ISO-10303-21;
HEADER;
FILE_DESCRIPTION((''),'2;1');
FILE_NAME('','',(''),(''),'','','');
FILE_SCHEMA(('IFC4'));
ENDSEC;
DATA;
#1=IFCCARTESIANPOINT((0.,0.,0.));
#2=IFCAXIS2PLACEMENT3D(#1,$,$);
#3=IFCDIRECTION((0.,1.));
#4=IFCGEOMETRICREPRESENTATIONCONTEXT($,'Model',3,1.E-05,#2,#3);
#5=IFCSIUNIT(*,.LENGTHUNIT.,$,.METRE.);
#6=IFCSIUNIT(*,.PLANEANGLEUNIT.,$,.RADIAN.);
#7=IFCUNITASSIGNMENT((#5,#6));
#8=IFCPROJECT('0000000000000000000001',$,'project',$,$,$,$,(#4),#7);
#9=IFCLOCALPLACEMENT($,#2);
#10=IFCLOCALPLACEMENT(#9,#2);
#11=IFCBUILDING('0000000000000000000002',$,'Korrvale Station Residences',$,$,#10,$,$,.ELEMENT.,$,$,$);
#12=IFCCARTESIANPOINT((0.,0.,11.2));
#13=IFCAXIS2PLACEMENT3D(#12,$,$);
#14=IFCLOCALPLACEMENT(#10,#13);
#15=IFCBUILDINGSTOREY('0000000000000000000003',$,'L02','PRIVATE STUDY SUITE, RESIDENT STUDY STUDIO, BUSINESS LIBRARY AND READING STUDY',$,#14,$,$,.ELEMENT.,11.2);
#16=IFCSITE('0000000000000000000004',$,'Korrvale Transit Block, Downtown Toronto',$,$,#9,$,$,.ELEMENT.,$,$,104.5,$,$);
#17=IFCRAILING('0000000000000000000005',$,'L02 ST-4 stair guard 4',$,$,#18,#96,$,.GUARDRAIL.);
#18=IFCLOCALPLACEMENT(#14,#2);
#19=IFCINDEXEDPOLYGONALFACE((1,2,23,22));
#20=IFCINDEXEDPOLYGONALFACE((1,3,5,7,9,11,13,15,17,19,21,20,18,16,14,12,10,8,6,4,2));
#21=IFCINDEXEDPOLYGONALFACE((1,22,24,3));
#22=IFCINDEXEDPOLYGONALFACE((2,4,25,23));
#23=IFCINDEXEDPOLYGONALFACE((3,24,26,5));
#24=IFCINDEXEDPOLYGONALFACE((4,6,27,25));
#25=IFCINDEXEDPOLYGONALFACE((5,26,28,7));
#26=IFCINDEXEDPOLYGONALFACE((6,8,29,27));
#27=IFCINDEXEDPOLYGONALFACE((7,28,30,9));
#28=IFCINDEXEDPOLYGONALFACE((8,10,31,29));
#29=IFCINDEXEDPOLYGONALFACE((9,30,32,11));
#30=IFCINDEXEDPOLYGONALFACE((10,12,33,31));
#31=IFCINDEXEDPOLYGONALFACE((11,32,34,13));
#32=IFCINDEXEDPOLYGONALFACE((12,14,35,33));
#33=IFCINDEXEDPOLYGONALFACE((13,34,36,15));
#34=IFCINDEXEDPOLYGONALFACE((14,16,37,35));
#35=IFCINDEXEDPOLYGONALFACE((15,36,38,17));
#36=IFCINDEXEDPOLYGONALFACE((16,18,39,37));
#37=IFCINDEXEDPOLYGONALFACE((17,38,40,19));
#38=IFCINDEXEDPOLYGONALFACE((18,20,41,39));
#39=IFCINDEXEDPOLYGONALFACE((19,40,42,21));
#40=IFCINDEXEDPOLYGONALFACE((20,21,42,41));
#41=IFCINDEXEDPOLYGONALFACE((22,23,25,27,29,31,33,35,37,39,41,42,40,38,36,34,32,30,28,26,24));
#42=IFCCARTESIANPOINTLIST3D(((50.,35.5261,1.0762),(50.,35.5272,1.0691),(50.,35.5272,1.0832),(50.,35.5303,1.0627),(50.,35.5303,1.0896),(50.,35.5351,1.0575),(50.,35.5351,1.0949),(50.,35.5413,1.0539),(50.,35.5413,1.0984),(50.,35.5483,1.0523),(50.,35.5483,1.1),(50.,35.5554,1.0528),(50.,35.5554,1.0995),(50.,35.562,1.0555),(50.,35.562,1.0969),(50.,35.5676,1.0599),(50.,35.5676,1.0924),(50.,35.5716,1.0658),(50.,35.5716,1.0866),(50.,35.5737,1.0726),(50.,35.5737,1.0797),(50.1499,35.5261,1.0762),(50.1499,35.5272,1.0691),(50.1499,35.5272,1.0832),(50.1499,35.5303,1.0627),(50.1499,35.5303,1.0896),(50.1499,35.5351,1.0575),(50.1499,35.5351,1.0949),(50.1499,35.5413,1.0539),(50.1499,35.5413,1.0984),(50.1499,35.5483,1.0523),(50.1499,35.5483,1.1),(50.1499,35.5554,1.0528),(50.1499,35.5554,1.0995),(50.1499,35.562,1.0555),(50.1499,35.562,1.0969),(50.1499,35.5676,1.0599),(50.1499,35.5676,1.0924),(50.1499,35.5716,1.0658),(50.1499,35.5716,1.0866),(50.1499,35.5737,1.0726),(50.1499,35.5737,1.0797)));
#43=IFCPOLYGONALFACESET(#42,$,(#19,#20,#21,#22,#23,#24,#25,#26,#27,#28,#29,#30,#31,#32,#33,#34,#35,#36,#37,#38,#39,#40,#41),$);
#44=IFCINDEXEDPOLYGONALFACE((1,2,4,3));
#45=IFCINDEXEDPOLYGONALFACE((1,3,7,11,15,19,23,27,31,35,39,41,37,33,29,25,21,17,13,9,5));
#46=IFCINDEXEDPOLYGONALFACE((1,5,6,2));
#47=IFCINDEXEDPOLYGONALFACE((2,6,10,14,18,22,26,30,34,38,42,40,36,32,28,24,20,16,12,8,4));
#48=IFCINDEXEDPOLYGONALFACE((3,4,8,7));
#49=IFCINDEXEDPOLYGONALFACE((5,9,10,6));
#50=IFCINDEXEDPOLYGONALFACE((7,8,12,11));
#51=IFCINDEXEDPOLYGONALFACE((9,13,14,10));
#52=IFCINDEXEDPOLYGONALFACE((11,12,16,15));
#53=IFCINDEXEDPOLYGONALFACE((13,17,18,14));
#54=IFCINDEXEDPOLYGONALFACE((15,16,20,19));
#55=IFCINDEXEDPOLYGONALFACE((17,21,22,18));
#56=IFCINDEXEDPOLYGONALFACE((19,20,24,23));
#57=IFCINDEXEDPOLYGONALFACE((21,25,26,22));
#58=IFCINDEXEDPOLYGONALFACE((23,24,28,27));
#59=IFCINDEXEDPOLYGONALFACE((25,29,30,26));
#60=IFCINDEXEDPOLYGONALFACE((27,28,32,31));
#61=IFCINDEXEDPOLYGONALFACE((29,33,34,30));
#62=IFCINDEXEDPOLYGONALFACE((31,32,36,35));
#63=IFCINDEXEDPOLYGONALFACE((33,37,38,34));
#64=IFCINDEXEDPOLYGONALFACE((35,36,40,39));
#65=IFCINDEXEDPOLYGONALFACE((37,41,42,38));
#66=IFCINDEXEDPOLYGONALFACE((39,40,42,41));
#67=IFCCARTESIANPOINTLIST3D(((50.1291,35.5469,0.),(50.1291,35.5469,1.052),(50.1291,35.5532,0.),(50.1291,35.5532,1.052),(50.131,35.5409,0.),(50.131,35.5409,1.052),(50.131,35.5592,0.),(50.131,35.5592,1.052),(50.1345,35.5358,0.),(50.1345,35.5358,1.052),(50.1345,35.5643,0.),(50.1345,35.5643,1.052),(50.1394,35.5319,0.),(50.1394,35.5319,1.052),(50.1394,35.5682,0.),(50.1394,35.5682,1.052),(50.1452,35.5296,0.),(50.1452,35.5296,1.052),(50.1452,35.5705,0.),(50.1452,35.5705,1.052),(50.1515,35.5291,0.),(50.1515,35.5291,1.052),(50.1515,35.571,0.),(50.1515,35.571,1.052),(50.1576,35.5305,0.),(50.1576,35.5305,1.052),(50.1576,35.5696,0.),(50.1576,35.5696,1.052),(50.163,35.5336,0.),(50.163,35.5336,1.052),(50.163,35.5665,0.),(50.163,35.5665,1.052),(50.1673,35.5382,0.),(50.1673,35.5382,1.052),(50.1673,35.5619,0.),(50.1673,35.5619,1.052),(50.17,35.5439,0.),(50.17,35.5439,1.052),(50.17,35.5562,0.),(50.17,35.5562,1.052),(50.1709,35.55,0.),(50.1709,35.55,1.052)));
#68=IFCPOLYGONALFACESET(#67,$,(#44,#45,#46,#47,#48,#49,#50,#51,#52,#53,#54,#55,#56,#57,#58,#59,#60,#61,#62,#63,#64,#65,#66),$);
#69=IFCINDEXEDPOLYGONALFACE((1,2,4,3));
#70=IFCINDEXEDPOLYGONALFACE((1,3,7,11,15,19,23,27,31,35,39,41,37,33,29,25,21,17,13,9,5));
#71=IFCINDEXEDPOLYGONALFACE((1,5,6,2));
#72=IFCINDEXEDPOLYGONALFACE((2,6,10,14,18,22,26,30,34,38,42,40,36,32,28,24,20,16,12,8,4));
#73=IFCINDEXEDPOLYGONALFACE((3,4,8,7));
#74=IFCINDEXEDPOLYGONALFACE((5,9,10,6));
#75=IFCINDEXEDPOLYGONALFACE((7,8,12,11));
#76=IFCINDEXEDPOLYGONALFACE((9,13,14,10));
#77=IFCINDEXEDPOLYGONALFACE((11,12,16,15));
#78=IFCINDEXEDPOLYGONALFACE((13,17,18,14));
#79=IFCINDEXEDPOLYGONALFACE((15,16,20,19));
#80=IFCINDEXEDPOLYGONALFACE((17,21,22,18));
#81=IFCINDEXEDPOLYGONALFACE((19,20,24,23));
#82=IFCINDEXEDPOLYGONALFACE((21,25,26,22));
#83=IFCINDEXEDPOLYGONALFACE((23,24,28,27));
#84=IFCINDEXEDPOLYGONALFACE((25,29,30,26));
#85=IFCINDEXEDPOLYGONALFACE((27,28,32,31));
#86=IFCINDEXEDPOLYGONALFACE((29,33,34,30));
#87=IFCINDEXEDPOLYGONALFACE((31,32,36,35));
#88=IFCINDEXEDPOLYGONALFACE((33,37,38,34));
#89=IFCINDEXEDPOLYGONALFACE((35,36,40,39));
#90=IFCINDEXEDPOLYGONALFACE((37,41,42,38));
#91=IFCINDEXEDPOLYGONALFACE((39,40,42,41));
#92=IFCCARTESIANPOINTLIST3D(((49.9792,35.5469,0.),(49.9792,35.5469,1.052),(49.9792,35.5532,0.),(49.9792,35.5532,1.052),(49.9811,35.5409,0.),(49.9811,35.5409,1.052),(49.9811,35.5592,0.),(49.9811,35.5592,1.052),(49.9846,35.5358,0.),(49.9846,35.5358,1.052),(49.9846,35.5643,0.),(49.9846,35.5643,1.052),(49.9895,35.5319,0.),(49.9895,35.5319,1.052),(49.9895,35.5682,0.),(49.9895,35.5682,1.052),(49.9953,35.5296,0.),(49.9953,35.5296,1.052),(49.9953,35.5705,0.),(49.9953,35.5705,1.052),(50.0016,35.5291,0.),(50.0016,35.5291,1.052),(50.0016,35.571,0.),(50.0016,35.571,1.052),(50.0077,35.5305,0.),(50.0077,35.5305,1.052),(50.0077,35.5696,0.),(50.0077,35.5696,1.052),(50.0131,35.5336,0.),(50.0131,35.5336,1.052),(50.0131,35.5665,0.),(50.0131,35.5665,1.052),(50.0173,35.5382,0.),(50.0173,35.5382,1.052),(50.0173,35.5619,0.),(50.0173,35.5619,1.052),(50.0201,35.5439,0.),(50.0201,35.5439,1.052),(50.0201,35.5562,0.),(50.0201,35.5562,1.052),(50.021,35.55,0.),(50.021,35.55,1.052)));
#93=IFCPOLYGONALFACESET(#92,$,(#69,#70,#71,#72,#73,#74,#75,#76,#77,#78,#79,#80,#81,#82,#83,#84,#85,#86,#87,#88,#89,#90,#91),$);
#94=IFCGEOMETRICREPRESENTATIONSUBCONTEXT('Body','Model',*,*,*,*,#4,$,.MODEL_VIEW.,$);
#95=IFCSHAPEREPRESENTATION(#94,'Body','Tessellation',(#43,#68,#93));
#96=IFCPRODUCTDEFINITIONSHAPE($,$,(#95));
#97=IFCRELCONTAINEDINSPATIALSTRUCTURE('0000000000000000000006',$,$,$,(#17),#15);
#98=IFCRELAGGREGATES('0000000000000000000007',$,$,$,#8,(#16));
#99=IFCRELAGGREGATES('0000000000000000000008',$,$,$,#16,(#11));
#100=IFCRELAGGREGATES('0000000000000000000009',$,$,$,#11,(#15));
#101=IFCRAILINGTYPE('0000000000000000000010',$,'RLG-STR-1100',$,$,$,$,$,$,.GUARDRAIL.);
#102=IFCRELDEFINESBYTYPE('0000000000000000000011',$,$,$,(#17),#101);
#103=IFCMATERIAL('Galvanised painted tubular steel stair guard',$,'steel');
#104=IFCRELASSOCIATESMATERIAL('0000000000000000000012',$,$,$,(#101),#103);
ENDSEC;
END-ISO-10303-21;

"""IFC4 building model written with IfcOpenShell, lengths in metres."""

from ifc_helpers import new_model, si_unit, direction, frame, origin, origin_2d, place, context, subcontext, project, spatial, circle, extrude, material, type_object, element, save


model = new_model("IFC4")

# Units and contexts
model_context = context("Model", 3, precision=1e-05, world=origin(), true_north=direction((0.0, 1.0)))
body_context = subcontext(model_context, "Body", "Model", "MODEL_VIEW")
ifc_project = project(units=[si_unit("LENGTHUNIT", "METRE"), si_unit("PLANEANGLEUNIT", "RADIAN")], contexts=[model_context])

# Site, building, storey
site_placement = place(None, origin())
site = spatial("IfcSite", under=ifc_project, at=site_placement, Name="Korrvale Transit Block, Downtown Toronto", CompositionType="ELEMENT", RefElevation=104.5)
building_placement = place(site_placement, origin())
building = spatial("IfcBuilding", under=site, at=building_placement, Name="Korrvale Station Residences", CompositionType="ELEMENT")
storey_placement = place(building_placement, frame((0.0, 0.0, 11.2)))
storey = spatial("IfcBuildingStorey", under=building, at=storey_placement, Name="L02", Description="PRIVATE STUDY SUITE, RESIDENT STUDY STUDIO, BUSINESS LIBRARY AND READING STUDY", CompositionType="ELEMENT", Elevation=11.2)

# Railing
ifc_material_1 = material(Name="Galvanised painted tubular steel stair guard", Category="steel")
railing_type_1 = type_object("IfcRailingType", Name="RLG-STR-1100", PredefinedType="GUARDRAIL", material=ifc_material_1)
railing_1_placement = place(storey_placement, frame((50.1499, 35.55, 0.0)))
element("IfcRailing", 1, at=railing_1_placement, inside=storey, type_object=railing_type_1, Name="L02 ST-4 stair guard 4", PredefinedType="GUARDRAIL", context=body_context, shape_type="SweptSolid", body=[
    extrude(circle(Radius=0.0239, at=origin_2d()), frame((0.0, 0.0, 1.0762), z_axis=(-1.0, 0.0, 0.0), x_axis=(0.0, -1.0, 0.0)), (0.0, 0.0, 1.0), 0.1499),
    extrude(circle(Radius=0.021, at=origin_2d()), origin(), (0.0, 0.0, 1.0), 1.052),
    extrude(circle(Radius=0.021, at=origin_2d()), frame((-0.1499, 0.0, 0.0)), (0.0, 0.0, 1.0), 1.052),
])

save(model, "model.ifc")
